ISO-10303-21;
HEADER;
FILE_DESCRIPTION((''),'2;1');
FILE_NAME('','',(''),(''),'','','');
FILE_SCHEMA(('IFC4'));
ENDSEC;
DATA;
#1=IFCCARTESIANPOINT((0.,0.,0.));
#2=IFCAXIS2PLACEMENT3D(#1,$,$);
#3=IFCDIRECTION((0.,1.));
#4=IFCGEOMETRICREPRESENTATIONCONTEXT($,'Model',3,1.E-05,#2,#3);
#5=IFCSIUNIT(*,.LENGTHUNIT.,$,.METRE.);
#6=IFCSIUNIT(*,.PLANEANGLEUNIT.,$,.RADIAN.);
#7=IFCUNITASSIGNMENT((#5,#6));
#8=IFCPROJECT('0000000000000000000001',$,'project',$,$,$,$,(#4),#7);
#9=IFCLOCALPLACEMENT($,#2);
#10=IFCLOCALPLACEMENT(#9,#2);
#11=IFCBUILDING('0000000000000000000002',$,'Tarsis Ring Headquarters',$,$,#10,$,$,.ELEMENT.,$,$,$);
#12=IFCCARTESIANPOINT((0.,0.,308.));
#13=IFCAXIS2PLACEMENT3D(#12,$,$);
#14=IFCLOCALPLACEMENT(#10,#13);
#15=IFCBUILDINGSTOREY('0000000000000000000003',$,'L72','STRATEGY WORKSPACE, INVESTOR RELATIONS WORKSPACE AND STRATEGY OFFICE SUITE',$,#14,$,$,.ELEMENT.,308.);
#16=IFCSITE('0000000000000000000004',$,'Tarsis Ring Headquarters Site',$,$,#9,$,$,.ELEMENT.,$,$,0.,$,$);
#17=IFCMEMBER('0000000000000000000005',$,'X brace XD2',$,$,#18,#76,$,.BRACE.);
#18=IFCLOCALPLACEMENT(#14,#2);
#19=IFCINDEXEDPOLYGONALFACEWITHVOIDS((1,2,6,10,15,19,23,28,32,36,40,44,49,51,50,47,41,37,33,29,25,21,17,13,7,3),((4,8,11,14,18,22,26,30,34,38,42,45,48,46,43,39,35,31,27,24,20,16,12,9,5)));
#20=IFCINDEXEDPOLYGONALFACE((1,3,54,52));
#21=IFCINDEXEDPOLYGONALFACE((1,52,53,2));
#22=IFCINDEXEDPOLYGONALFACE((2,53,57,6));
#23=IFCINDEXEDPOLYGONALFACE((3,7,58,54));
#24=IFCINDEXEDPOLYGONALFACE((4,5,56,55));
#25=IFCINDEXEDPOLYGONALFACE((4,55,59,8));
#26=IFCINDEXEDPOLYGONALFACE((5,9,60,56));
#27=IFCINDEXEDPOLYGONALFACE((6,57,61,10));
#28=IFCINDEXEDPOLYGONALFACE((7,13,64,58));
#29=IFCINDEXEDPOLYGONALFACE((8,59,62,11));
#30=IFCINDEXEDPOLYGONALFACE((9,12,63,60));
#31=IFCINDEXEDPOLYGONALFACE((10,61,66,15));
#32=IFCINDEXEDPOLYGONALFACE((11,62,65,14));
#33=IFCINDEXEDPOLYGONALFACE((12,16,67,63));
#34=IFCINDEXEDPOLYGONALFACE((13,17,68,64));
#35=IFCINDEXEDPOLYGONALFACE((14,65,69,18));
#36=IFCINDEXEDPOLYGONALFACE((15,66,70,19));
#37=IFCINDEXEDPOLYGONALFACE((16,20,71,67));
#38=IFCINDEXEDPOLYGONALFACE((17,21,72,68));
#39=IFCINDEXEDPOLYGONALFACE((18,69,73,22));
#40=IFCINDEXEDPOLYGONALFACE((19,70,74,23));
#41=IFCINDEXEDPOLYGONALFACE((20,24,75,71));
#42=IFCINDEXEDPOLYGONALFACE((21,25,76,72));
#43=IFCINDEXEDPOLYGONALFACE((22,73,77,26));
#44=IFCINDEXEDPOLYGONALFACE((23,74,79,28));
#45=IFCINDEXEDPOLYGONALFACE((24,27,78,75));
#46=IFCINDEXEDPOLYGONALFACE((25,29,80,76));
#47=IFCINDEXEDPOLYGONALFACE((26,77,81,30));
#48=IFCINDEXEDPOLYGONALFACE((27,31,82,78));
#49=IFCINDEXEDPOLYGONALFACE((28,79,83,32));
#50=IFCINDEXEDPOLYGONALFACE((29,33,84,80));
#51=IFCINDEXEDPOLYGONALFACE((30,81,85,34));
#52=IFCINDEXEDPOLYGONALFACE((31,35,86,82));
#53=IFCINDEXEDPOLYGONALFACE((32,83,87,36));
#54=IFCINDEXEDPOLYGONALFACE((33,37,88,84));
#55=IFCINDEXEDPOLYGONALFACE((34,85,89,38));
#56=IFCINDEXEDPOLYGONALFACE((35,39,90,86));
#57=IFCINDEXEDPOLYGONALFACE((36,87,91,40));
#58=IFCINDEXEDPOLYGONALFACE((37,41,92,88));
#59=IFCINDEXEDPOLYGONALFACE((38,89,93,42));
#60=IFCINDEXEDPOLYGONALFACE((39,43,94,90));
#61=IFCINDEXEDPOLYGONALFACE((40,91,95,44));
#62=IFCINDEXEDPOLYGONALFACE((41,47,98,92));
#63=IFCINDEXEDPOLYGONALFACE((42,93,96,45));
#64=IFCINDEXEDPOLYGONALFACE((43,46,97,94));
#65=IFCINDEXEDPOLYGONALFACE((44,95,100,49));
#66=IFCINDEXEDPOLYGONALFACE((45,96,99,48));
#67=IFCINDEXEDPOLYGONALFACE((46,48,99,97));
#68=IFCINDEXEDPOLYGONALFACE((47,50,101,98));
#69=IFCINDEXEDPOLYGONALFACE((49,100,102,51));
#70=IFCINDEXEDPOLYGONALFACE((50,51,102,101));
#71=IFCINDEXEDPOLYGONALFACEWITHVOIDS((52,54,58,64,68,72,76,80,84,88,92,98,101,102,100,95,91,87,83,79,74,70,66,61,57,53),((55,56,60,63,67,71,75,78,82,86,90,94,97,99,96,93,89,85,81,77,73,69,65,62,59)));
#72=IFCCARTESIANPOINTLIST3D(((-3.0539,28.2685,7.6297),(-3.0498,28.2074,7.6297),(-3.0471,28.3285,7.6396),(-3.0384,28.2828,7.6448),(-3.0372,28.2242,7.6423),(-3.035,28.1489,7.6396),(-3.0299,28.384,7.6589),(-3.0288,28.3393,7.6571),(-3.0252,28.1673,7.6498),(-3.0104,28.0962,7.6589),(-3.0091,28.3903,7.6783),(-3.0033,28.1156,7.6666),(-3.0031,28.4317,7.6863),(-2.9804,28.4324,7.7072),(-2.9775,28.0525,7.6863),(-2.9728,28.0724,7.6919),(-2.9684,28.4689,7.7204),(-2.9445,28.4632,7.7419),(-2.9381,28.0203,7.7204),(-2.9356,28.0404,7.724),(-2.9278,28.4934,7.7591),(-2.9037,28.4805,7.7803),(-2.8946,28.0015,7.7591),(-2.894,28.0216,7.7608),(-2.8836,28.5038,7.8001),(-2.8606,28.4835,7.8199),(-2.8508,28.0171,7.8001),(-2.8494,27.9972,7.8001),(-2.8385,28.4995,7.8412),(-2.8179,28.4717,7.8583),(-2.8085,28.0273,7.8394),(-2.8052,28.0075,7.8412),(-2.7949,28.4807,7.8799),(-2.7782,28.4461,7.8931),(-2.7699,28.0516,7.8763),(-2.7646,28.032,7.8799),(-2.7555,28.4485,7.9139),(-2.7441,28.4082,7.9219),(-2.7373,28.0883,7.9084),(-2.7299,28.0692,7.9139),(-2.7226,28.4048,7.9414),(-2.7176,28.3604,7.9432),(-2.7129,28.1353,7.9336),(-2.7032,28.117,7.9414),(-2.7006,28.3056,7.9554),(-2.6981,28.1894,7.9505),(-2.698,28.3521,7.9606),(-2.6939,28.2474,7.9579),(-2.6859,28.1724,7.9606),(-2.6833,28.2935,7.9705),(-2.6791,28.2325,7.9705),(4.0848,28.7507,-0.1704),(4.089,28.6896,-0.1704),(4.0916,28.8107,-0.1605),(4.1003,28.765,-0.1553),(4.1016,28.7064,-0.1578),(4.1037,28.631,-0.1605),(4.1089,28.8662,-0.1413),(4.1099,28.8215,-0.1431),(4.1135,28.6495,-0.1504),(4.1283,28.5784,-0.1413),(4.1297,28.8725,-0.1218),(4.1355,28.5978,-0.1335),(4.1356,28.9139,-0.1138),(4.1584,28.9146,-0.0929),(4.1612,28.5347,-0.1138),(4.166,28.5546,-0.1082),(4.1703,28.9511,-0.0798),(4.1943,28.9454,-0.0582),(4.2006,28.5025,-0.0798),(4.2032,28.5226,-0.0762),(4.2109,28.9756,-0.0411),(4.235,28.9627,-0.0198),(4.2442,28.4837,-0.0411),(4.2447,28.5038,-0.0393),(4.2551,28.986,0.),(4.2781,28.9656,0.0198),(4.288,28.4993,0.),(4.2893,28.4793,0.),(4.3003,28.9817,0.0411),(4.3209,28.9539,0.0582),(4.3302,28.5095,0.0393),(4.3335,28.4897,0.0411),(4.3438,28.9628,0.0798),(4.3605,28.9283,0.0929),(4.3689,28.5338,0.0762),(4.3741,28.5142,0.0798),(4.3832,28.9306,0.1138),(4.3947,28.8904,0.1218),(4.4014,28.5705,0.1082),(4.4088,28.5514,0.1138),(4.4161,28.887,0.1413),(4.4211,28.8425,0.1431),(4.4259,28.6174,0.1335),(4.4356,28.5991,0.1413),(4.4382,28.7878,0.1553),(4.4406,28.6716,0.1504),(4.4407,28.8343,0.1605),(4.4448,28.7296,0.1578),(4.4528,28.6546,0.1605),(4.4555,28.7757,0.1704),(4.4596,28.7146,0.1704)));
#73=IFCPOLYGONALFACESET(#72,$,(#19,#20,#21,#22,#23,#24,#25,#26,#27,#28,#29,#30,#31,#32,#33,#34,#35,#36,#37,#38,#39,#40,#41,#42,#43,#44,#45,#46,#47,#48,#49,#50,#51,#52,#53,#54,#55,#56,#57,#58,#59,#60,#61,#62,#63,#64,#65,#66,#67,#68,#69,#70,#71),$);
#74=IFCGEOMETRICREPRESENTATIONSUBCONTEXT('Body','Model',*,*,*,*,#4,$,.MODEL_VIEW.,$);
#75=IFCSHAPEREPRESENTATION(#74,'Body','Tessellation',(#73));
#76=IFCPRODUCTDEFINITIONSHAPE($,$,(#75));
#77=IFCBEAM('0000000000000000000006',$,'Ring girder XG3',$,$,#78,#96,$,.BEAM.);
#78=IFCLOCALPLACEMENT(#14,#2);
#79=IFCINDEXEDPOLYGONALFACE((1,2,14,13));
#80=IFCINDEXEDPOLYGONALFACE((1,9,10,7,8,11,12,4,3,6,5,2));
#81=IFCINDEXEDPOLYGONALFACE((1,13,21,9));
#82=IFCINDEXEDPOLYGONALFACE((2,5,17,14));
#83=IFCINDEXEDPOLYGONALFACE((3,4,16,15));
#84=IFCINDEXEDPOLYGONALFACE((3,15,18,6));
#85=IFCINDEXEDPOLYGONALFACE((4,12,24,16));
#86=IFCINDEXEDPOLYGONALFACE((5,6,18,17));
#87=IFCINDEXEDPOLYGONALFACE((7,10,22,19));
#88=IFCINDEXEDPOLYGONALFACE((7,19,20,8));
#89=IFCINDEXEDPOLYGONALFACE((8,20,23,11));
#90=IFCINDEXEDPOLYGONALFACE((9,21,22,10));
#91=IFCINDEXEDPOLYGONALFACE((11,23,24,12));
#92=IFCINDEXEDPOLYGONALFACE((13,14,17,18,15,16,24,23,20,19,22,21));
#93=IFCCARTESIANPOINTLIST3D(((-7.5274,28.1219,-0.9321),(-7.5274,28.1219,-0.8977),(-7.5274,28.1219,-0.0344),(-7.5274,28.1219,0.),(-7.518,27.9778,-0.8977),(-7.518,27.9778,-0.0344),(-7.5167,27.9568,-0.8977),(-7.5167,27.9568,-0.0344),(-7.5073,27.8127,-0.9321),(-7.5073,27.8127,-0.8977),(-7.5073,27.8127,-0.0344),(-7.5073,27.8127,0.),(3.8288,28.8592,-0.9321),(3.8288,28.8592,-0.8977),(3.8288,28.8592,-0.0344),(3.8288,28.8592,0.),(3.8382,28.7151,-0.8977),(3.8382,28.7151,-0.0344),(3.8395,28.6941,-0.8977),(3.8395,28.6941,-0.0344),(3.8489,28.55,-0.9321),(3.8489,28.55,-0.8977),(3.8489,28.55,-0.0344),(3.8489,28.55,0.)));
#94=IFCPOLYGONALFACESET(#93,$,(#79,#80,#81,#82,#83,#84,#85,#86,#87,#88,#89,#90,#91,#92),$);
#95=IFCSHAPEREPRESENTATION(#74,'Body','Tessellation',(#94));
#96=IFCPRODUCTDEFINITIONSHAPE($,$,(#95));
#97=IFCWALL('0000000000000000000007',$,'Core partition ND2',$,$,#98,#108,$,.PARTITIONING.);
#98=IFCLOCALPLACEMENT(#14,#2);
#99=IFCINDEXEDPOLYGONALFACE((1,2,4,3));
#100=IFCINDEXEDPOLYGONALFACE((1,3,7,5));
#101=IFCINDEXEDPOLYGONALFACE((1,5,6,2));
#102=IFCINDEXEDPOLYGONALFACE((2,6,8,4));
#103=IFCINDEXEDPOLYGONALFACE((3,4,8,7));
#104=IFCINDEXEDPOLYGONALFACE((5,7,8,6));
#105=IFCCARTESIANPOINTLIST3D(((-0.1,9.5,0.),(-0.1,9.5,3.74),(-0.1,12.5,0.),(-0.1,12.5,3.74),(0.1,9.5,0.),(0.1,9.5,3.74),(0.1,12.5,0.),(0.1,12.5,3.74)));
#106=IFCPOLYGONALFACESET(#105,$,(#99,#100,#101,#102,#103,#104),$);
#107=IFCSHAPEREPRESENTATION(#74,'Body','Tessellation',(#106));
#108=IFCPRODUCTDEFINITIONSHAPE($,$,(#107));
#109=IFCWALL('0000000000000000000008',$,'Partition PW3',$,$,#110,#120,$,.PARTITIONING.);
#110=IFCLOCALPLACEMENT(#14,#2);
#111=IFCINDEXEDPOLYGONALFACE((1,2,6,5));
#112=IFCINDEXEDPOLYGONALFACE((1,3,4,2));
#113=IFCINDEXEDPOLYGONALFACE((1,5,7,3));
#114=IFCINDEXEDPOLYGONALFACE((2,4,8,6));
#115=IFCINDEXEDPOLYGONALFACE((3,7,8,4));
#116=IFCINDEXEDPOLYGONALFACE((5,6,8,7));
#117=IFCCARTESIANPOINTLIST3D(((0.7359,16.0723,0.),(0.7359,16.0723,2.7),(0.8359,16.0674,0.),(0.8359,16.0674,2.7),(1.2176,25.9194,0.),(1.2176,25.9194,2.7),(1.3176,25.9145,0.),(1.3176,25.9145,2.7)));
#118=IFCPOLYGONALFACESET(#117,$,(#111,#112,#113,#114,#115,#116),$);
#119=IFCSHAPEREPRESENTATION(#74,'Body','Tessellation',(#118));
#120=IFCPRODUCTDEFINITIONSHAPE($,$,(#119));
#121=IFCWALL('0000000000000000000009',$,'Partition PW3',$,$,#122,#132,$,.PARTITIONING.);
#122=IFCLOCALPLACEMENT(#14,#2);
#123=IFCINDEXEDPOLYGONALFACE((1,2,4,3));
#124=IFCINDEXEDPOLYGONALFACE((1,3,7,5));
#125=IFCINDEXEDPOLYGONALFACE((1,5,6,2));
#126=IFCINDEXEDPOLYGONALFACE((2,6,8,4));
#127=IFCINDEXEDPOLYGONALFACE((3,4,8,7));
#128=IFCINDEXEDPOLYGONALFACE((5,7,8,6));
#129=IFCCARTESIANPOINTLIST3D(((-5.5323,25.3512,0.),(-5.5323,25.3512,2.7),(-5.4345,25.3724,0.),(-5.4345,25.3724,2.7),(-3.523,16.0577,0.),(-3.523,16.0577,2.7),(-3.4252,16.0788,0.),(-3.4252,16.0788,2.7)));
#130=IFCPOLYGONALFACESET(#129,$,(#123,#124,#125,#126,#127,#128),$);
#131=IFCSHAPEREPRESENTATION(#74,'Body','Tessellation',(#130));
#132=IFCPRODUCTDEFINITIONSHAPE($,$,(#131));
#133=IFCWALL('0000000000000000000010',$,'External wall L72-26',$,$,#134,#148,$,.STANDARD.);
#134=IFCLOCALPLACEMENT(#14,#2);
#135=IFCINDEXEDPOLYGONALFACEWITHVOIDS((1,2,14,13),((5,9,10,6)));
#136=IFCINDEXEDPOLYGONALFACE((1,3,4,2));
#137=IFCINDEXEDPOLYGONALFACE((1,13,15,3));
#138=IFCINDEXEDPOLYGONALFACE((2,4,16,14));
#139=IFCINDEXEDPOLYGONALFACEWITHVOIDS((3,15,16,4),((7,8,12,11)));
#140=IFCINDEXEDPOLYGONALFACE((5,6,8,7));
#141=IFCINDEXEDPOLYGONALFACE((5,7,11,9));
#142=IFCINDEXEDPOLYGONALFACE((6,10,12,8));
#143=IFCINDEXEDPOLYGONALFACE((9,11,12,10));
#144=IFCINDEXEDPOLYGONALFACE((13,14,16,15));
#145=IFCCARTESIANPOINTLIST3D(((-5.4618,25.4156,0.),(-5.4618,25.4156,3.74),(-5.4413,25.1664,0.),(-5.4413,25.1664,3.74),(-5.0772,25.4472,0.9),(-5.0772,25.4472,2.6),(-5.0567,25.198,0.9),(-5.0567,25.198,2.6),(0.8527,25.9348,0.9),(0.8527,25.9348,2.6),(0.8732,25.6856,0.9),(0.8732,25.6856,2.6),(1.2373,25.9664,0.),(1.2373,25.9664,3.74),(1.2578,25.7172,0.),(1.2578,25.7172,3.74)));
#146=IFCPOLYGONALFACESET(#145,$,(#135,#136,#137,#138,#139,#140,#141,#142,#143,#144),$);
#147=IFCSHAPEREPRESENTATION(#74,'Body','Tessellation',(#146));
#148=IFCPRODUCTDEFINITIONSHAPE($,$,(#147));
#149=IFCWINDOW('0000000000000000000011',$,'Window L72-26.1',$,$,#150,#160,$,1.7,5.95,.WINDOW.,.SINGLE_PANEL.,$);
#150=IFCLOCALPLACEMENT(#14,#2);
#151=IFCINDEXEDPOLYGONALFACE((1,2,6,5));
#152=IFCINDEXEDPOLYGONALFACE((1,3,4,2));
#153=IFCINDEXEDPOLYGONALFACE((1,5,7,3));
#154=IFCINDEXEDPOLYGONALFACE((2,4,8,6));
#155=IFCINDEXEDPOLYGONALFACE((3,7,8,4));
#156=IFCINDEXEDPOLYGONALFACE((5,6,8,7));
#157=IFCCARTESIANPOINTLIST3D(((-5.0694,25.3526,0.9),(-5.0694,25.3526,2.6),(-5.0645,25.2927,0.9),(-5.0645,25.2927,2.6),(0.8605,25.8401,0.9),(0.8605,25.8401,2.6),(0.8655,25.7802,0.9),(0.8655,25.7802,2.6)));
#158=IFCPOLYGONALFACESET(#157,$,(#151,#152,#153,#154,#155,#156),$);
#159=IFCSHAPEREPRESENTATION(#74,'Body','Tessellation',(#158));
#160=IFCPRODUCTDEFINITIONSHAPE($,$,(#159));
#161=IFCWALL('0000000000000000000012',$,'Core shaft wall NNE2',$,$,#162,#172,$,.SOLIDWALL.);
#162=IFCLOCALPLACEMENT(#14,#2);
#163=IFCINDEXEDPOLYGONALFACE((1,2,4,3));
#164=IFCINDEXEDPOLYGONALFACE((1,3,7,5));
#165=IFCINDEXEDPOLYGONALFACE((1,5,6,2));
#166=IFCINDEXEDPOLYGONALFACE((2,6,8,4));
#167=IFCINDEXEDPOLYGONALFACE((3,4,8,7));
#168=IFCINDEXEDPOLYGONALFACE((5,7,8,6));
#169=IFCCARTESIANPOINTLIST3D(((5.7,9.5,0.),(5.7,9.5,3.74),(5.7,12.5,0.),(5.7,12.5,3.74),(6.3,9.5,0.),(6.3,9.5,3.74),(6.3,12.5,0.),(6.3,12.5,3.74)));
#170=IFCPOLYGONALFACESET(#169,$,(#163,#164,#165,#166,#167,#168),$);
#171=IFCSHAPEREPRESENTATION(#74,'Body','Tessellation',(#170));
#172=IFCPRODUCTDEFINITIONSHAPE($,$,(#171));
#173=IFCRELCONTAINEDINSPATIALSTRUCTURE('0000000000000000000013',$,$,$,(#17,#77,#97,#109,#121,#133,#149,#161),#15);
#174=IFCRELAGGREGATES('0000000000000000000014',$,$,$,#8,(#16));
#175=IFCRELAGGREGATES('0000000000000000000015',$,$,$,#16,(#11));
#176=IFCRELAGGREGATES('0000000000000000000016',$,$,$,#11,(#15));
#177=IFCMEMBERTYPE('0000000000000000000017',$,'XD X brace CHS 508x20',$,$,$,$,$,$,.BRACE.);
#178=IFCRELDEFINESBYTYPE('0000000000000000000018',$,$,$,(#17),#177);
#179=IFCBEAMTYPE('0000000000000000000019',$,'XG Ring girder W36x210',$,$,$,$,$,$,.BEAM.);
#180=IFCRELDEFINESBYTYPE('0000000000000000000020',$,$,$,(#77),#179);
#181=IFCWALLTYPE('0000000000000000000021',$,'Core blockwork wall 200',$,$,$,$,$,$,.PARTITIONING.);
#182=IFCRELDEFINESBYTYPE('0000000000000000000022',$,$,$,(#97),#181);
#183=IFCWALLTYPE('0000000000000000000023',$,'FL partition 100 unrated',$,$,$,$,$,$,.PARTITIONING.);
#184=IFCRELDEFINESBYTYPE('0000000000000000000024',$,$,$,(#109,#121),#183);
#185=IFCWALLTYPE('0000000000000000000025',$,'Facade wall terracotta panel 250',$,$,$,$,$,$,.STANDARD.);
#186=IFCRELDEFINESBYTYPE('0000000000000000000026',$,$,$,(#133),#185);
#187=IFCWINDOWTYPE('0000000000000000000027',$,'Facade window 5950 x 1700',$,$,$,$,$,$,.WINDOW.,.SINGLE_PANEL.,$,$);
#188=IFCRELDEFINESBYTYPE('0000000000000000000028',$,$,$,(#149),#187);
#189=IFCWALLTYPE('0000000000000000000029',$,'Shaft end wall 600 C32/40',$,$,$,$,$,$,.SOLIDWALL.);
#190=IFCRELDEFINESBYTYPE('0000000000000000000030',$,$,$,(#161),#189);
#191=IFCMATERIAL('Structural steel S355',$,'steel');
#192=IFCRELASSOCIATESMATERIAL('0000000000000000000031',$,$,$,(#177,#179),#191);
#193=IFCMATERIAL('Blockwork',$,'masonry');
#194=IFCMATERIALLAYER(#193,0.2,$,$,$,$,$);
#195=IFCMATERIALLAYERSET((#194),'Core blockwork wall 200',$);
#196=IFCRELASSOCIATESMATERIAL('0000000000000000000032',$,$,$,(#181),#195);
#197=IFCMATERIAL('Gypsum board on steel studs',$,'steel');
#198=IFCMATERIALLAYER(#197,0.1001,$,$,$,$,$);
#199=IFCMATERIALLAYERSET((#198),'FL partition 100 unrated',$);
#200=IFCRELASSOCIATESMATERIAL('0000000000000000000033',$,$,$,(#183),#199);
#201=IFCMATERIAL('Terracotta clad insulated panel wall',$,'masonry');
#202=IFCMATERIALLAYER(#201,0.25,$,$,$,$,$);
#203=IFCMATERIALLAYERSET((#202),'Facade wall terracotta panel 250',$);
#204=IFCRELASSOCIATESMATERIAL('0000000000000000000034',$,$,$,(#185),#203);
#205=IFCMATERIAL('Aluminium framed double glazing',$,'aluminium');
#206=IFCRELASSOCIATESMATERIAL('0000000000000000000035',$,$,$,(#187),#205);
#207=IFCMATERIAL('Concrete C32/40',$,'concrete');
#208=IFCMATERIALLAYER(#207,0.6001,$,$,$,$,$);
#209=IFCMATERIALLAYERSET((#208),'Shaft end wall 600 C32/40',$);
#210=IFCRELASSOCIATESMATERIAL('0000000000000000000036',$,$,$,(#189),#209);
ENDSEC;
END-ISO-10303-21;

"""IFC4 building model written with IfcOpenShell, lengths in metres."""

from ifc_helpers import new_model, si_unit, direction, frame, frame_2d, origin, origin_2d, place, context, subcontext, project, spatial, rectangle, hollow_circle, i_section, extrude, material, layer, layer_set, material_profile, profile_set, type_object, element, fill, save


model = new_model("IFC4")

# Units and contexts
model_context = context("Model", 3, precision=1e-05, world=origin(), true_north=direction((0.0, 1.0)))
body_context = subcontext(model_context, "Body", "Model", "MODEL_VIEW")
ifc_project = project(units=[si_unit("LENGTHUNIT", "METRE"), si_unit("PLANEANGLEUNIT", "RADIAN")], contexts=[model_context])

# Site, building, storey
site_placement = place(None, origin())
site = spatial("IfcSite", under=ifc_project, at=site_placement, Name="Tarsis Ring Headquarters Site", CompositionType="ELEMENT", RefElevation=0.0)
building_placement = place(site_placement, origin())
building = spatial("IfcBuilding", under=site, at=building_placement, Name="Tarsis Ring Headquarters", CompositionType="ELEMENT")
storey_placement = place(building_placement, frame((0.0, 0.0, 308.0)))
storey = spatial("IfcBuildingStorey", under=building, at=storey_placement, Name="L72", Description="STRATEGY WORKSPACE, INVESTOR RELATIONS WORKSPACE AND STRATEGY OFFICE SUITE", CompositionType="ELEMENT", Elevation=308.0)

# Shared definitions
ifc_material_1 = material(Name="Structural steel S355", Category="steel")

# Member
ifc_material_profile_1 = material_profile(ifc_material_1, hollow_circle(Radius=0.2539, WallThickness=0.02, at=origin_2d()), Name="CHS 508x20")
ifc_profile_set_1 = profile_set([ifc_material_profile_1], Name="Structural steel S355")
member_type = type_object("IfcMemberType", Name="XD X brace CHS 508x20", PredefinedType="BRACE", material=ifc_profile_set_1)
member_placement = place(storey_placement, frame((4.2722, 28.7327, 0.0), z_axis=(-0.674439, -0.045555, 0.736924), x_axis=(0.067391, -0.997727, 0.0)))
element("IfcMember", 1, at=member_placement, inside=storey, type_object=member_type, Name="X brace XD2", PredefinedType="BRACE", context=body_context, shape_type="SweptSolid", body=[
    extrude(hollow_circle(Radius=0.2539, WallThickness=0.02, at=origin_2d()), origin(), (0.0, 0.0, 1.0), 10.5847),
])

# Beam
ifc_material_profile_2 = material_profile(ifc_material_1, i_section(OverallWidth=0.3098, OverallDepth=0.9321, WebThickness=0.021, FlangeThickness=0.0344, at=origin_2d()), Name="W36x210")
ifc_profile_set_2 = profile_set([ifc_material_profile_2], Name="Structural steel S355")
beam_type_1 = type_object("IfcBeamType", Name="XG Ring girder W36x210", PredefinedType="BEAM", material=ifc_profile_set_2)
beam_1_placement = place(storey_placement, frame((3.8389, 28.7046, -0.4661), z_axis=(-0.997899, -0.064789, 0.0), x_axis=(0.064789, -0.997899, 0.0)))
element("IfcBeam", 2, at=beam_1_placement, inside=storey, type_object=beam_type_1, Name="Ring girder XG3", PredefinedType="BEAM", context=body_context, shape_type="SweptSolid", body=[
    extrude(i_section(OverallWidth=0.3098, OverallDepth=0.9321, WebThickness=0.021, FlangeThickness=0.0344, at=origin_2d()), origin(), (0.0, 0.0, 1.0), 11.3801),
])

# Walls
ifc_material_2 = material(Name="Blockwork", Category="masonry")
ifc_layer_1 = layer(ifc_material_2, 0.2)
ifc_layer_set_1 = layer_set([ifc_layer_1], Name="Core blockwork wall 200")
wall_type_1 = type_object("IfcWallType", Name="Core blockwork wall 200", PredefinedType="PARTITIONING", material=ifc_layer_set_1)
wall_1_placement = place(storey_placement, frame((0.0, 9.5, 0.0), z_axis=(0.0, 0.0, 1.0), x_axis=(0.0, 1.0, 0.0)))
element("IfcWall", 3, at=wall_1_placement, inside=storey, type_object=wall_type_1, Name="Core partition ND2", PredefinedType="PARTITIONING", context=body_context, shape_type="SweptSolid", body=[
    extrude(rectangle(XDim=3.0, YDim=0.2, at=frame_2d((1.5, 0.0))), origin(), (0.0, 0.0, 1.0), 3.74),
])
ifc_material_3 = material(Name="Gypsum board on steel studs", Category="steel")
ifc_layer_2 = layer(ifc_material_3, 0.1001)
ifc_layer_set_2 = layer_set([ifc_layer_2], Name="FL partition 100 unrated")
wall_type_2 = type_object("IfcWallType", Name="FL partition 100 unrated", PredefinedType="PARTITIONING", material=ifc_layer_set_2)
wall_2_placement = place(storey_placement, frame((0.7859, 16.0698, 0.0), z_axis=(0.0, 0.0, 1.0), x_axis=(0.048858, 0.998806, 0.0)))
element("IfcWall", 4, at=wall_2_placement, inside=storey, type_object=wall_type_2, Name="Partition PW3", PredefinedType="PARTITIONING", context=body_context, shape_type="SweptSolid", body=[
    extrude(rectangle(XDim=9.8589, YDim=0.1001, at=frame_2d((4.9294, 0.0))), origin(), (0.0, 0.0, 1.0), 2.7),
])
wall_3_placement = place(storey_placement, frame((-5.4834, 25.3618, 0.0), z_axis=(0.0, 0.0, 1.0), x_axis=(0.211321, -0.977417, 0.0)))
element("IfcWall", 5, at=wall_3_placement, inside=storey, type_object=wall_type_2, Name="Partition PW3", PredefinedType="PARTITIONING", context=body_context, shape_type="SweptSolid", body=[
    extrude(rectangle(XDim=9.5083, YDim=0.1001, at=frame_2d((4.7542, 0.0))), origin(), (0.0, 0.0, 1.0), 2.7),
])

# Wall, opening, window
ifc_material_4 = material(Name="Terracotta clad insulated panel wall", Category="masonry")
ifc_layer_3 = layer(ifc_material_4, 0.25)
ifc_layer_set_3 = layer_set([ifc_layer_3], Name="Facade wall terracotta panel 250")
wall_type_3 = type_object("IfcWallType", Name="Facade wall terracotta panel 250", PredefinedType="STANDARD", material=ifc_layer_set_3)
wall_4_placement = place(storey_placement, frame((1.2476, 25.8418, 0.0), z_axis=(0.0, 0.0, 1.0), x_axis=(-0.996637, -0.081942, 0.0)))
wall_4 = element("IfcWall", 6, at=wall_4_placement, inside=storey, type_object=wall_type_3, Name="External wall L72-26", PredefinedType="STANDARD", context=body_context, shape_type="SweptSolid", body=[
    extrude(rectangle(XDim=6.7217, YDim=0.25, at=frame_2d((3.3608, 0.0))), origin(), (0.0, 0.0, 1.0), 3.74),
])
opening_1_placement = place(wall_4_placement, frame((0.3857, 0.0, 0.8999)))
opening_1 = element("IfcOpeningElement", 7, at=opening_1_placement, cuts=wall_4, PredefinedType="OPENING", context=body_context, shape_type="SweptSolid", body=[
    extrude(rectangle(XDim=5.95, YDim=1.7, at=frame_2d((2.9751, 0.8501))), frame((0.0, 0.135, 0.0), z_axis=(0.0, -1.0, 0.0), x_axis=(1.0, 0.0, 0.0)), (0.0, 0.0, 1.0), 0.27),
])
ifc_material_5 = material(Name="Aluminium framed double glazing", Category="aluminium")
window_type = type_object("IfcWindowType", Name="Facade window 5950 x 1700", PartitioningType="SINGLE_PANEL", PredefinedType="WINDOW", material=ifc_material_5)
window_placement = place(opening_1_placement, origin())
window = element("IfcWindow", 8, at=window_placement, inside=storey, type_object=window_type, Name="Window L72-26.1", OverallHeight=1.7, OverallWidth=5.95, PartitioningType="SINGLE_PANEL", PredefinedType="WINDOW", context=body_context, shape_type="SweptSolid", body=[
    extrude(rectangle(XDim=5.95, YDim=1.7, at=frame_2d((2.9751, 0.8501))), frame((0.0, 0.03, 0.0), z_axis=(0.0, -1.0, 0.0), x_axis=(1.0, 0.0, 0.0)), (0.0, 0.0, 1.0), 0.0601),
])
fill(opening_1, window)

# Wall
ifc_material_6 = material(Name="Concrete C32/40", Category="concrete")
ifc_layer_4 = layer(ifc_material_6, 0.6001)
ifc_layer_set_4 = layer_set([ifc_layer_4], Name="Shaft end wall 600 C32/40")
wall_type_4 = type_object("IfcWallType", Name="Shaft end wall 600 C32/40", PredefinedType="SOLIDWALL", material=ifc_layer_set_4)
wall_5_placement = place(storey_placement, frame((6.0, 9.5, 0.0), z_axis=(0.0, 0.0, 1.0), x_axis=(0.0, 1.0, 0.0)))
element("IfcWall", 9, at=wall_5_placement, inside=storey, type_object=wall_type_4, Name="Core shaft wall NNE2", PredefinedType="SOLIDWALL", context=body_context, shape_type="SweptSolid", body=[
    extrude(rectangle(XDim=3.0, YDim=0.6001, at=frame_2d((1.5, 0.0))), origin(), (0.0, 0.0, 1.0), 3.74),
])

save(model, "model.ifc")
